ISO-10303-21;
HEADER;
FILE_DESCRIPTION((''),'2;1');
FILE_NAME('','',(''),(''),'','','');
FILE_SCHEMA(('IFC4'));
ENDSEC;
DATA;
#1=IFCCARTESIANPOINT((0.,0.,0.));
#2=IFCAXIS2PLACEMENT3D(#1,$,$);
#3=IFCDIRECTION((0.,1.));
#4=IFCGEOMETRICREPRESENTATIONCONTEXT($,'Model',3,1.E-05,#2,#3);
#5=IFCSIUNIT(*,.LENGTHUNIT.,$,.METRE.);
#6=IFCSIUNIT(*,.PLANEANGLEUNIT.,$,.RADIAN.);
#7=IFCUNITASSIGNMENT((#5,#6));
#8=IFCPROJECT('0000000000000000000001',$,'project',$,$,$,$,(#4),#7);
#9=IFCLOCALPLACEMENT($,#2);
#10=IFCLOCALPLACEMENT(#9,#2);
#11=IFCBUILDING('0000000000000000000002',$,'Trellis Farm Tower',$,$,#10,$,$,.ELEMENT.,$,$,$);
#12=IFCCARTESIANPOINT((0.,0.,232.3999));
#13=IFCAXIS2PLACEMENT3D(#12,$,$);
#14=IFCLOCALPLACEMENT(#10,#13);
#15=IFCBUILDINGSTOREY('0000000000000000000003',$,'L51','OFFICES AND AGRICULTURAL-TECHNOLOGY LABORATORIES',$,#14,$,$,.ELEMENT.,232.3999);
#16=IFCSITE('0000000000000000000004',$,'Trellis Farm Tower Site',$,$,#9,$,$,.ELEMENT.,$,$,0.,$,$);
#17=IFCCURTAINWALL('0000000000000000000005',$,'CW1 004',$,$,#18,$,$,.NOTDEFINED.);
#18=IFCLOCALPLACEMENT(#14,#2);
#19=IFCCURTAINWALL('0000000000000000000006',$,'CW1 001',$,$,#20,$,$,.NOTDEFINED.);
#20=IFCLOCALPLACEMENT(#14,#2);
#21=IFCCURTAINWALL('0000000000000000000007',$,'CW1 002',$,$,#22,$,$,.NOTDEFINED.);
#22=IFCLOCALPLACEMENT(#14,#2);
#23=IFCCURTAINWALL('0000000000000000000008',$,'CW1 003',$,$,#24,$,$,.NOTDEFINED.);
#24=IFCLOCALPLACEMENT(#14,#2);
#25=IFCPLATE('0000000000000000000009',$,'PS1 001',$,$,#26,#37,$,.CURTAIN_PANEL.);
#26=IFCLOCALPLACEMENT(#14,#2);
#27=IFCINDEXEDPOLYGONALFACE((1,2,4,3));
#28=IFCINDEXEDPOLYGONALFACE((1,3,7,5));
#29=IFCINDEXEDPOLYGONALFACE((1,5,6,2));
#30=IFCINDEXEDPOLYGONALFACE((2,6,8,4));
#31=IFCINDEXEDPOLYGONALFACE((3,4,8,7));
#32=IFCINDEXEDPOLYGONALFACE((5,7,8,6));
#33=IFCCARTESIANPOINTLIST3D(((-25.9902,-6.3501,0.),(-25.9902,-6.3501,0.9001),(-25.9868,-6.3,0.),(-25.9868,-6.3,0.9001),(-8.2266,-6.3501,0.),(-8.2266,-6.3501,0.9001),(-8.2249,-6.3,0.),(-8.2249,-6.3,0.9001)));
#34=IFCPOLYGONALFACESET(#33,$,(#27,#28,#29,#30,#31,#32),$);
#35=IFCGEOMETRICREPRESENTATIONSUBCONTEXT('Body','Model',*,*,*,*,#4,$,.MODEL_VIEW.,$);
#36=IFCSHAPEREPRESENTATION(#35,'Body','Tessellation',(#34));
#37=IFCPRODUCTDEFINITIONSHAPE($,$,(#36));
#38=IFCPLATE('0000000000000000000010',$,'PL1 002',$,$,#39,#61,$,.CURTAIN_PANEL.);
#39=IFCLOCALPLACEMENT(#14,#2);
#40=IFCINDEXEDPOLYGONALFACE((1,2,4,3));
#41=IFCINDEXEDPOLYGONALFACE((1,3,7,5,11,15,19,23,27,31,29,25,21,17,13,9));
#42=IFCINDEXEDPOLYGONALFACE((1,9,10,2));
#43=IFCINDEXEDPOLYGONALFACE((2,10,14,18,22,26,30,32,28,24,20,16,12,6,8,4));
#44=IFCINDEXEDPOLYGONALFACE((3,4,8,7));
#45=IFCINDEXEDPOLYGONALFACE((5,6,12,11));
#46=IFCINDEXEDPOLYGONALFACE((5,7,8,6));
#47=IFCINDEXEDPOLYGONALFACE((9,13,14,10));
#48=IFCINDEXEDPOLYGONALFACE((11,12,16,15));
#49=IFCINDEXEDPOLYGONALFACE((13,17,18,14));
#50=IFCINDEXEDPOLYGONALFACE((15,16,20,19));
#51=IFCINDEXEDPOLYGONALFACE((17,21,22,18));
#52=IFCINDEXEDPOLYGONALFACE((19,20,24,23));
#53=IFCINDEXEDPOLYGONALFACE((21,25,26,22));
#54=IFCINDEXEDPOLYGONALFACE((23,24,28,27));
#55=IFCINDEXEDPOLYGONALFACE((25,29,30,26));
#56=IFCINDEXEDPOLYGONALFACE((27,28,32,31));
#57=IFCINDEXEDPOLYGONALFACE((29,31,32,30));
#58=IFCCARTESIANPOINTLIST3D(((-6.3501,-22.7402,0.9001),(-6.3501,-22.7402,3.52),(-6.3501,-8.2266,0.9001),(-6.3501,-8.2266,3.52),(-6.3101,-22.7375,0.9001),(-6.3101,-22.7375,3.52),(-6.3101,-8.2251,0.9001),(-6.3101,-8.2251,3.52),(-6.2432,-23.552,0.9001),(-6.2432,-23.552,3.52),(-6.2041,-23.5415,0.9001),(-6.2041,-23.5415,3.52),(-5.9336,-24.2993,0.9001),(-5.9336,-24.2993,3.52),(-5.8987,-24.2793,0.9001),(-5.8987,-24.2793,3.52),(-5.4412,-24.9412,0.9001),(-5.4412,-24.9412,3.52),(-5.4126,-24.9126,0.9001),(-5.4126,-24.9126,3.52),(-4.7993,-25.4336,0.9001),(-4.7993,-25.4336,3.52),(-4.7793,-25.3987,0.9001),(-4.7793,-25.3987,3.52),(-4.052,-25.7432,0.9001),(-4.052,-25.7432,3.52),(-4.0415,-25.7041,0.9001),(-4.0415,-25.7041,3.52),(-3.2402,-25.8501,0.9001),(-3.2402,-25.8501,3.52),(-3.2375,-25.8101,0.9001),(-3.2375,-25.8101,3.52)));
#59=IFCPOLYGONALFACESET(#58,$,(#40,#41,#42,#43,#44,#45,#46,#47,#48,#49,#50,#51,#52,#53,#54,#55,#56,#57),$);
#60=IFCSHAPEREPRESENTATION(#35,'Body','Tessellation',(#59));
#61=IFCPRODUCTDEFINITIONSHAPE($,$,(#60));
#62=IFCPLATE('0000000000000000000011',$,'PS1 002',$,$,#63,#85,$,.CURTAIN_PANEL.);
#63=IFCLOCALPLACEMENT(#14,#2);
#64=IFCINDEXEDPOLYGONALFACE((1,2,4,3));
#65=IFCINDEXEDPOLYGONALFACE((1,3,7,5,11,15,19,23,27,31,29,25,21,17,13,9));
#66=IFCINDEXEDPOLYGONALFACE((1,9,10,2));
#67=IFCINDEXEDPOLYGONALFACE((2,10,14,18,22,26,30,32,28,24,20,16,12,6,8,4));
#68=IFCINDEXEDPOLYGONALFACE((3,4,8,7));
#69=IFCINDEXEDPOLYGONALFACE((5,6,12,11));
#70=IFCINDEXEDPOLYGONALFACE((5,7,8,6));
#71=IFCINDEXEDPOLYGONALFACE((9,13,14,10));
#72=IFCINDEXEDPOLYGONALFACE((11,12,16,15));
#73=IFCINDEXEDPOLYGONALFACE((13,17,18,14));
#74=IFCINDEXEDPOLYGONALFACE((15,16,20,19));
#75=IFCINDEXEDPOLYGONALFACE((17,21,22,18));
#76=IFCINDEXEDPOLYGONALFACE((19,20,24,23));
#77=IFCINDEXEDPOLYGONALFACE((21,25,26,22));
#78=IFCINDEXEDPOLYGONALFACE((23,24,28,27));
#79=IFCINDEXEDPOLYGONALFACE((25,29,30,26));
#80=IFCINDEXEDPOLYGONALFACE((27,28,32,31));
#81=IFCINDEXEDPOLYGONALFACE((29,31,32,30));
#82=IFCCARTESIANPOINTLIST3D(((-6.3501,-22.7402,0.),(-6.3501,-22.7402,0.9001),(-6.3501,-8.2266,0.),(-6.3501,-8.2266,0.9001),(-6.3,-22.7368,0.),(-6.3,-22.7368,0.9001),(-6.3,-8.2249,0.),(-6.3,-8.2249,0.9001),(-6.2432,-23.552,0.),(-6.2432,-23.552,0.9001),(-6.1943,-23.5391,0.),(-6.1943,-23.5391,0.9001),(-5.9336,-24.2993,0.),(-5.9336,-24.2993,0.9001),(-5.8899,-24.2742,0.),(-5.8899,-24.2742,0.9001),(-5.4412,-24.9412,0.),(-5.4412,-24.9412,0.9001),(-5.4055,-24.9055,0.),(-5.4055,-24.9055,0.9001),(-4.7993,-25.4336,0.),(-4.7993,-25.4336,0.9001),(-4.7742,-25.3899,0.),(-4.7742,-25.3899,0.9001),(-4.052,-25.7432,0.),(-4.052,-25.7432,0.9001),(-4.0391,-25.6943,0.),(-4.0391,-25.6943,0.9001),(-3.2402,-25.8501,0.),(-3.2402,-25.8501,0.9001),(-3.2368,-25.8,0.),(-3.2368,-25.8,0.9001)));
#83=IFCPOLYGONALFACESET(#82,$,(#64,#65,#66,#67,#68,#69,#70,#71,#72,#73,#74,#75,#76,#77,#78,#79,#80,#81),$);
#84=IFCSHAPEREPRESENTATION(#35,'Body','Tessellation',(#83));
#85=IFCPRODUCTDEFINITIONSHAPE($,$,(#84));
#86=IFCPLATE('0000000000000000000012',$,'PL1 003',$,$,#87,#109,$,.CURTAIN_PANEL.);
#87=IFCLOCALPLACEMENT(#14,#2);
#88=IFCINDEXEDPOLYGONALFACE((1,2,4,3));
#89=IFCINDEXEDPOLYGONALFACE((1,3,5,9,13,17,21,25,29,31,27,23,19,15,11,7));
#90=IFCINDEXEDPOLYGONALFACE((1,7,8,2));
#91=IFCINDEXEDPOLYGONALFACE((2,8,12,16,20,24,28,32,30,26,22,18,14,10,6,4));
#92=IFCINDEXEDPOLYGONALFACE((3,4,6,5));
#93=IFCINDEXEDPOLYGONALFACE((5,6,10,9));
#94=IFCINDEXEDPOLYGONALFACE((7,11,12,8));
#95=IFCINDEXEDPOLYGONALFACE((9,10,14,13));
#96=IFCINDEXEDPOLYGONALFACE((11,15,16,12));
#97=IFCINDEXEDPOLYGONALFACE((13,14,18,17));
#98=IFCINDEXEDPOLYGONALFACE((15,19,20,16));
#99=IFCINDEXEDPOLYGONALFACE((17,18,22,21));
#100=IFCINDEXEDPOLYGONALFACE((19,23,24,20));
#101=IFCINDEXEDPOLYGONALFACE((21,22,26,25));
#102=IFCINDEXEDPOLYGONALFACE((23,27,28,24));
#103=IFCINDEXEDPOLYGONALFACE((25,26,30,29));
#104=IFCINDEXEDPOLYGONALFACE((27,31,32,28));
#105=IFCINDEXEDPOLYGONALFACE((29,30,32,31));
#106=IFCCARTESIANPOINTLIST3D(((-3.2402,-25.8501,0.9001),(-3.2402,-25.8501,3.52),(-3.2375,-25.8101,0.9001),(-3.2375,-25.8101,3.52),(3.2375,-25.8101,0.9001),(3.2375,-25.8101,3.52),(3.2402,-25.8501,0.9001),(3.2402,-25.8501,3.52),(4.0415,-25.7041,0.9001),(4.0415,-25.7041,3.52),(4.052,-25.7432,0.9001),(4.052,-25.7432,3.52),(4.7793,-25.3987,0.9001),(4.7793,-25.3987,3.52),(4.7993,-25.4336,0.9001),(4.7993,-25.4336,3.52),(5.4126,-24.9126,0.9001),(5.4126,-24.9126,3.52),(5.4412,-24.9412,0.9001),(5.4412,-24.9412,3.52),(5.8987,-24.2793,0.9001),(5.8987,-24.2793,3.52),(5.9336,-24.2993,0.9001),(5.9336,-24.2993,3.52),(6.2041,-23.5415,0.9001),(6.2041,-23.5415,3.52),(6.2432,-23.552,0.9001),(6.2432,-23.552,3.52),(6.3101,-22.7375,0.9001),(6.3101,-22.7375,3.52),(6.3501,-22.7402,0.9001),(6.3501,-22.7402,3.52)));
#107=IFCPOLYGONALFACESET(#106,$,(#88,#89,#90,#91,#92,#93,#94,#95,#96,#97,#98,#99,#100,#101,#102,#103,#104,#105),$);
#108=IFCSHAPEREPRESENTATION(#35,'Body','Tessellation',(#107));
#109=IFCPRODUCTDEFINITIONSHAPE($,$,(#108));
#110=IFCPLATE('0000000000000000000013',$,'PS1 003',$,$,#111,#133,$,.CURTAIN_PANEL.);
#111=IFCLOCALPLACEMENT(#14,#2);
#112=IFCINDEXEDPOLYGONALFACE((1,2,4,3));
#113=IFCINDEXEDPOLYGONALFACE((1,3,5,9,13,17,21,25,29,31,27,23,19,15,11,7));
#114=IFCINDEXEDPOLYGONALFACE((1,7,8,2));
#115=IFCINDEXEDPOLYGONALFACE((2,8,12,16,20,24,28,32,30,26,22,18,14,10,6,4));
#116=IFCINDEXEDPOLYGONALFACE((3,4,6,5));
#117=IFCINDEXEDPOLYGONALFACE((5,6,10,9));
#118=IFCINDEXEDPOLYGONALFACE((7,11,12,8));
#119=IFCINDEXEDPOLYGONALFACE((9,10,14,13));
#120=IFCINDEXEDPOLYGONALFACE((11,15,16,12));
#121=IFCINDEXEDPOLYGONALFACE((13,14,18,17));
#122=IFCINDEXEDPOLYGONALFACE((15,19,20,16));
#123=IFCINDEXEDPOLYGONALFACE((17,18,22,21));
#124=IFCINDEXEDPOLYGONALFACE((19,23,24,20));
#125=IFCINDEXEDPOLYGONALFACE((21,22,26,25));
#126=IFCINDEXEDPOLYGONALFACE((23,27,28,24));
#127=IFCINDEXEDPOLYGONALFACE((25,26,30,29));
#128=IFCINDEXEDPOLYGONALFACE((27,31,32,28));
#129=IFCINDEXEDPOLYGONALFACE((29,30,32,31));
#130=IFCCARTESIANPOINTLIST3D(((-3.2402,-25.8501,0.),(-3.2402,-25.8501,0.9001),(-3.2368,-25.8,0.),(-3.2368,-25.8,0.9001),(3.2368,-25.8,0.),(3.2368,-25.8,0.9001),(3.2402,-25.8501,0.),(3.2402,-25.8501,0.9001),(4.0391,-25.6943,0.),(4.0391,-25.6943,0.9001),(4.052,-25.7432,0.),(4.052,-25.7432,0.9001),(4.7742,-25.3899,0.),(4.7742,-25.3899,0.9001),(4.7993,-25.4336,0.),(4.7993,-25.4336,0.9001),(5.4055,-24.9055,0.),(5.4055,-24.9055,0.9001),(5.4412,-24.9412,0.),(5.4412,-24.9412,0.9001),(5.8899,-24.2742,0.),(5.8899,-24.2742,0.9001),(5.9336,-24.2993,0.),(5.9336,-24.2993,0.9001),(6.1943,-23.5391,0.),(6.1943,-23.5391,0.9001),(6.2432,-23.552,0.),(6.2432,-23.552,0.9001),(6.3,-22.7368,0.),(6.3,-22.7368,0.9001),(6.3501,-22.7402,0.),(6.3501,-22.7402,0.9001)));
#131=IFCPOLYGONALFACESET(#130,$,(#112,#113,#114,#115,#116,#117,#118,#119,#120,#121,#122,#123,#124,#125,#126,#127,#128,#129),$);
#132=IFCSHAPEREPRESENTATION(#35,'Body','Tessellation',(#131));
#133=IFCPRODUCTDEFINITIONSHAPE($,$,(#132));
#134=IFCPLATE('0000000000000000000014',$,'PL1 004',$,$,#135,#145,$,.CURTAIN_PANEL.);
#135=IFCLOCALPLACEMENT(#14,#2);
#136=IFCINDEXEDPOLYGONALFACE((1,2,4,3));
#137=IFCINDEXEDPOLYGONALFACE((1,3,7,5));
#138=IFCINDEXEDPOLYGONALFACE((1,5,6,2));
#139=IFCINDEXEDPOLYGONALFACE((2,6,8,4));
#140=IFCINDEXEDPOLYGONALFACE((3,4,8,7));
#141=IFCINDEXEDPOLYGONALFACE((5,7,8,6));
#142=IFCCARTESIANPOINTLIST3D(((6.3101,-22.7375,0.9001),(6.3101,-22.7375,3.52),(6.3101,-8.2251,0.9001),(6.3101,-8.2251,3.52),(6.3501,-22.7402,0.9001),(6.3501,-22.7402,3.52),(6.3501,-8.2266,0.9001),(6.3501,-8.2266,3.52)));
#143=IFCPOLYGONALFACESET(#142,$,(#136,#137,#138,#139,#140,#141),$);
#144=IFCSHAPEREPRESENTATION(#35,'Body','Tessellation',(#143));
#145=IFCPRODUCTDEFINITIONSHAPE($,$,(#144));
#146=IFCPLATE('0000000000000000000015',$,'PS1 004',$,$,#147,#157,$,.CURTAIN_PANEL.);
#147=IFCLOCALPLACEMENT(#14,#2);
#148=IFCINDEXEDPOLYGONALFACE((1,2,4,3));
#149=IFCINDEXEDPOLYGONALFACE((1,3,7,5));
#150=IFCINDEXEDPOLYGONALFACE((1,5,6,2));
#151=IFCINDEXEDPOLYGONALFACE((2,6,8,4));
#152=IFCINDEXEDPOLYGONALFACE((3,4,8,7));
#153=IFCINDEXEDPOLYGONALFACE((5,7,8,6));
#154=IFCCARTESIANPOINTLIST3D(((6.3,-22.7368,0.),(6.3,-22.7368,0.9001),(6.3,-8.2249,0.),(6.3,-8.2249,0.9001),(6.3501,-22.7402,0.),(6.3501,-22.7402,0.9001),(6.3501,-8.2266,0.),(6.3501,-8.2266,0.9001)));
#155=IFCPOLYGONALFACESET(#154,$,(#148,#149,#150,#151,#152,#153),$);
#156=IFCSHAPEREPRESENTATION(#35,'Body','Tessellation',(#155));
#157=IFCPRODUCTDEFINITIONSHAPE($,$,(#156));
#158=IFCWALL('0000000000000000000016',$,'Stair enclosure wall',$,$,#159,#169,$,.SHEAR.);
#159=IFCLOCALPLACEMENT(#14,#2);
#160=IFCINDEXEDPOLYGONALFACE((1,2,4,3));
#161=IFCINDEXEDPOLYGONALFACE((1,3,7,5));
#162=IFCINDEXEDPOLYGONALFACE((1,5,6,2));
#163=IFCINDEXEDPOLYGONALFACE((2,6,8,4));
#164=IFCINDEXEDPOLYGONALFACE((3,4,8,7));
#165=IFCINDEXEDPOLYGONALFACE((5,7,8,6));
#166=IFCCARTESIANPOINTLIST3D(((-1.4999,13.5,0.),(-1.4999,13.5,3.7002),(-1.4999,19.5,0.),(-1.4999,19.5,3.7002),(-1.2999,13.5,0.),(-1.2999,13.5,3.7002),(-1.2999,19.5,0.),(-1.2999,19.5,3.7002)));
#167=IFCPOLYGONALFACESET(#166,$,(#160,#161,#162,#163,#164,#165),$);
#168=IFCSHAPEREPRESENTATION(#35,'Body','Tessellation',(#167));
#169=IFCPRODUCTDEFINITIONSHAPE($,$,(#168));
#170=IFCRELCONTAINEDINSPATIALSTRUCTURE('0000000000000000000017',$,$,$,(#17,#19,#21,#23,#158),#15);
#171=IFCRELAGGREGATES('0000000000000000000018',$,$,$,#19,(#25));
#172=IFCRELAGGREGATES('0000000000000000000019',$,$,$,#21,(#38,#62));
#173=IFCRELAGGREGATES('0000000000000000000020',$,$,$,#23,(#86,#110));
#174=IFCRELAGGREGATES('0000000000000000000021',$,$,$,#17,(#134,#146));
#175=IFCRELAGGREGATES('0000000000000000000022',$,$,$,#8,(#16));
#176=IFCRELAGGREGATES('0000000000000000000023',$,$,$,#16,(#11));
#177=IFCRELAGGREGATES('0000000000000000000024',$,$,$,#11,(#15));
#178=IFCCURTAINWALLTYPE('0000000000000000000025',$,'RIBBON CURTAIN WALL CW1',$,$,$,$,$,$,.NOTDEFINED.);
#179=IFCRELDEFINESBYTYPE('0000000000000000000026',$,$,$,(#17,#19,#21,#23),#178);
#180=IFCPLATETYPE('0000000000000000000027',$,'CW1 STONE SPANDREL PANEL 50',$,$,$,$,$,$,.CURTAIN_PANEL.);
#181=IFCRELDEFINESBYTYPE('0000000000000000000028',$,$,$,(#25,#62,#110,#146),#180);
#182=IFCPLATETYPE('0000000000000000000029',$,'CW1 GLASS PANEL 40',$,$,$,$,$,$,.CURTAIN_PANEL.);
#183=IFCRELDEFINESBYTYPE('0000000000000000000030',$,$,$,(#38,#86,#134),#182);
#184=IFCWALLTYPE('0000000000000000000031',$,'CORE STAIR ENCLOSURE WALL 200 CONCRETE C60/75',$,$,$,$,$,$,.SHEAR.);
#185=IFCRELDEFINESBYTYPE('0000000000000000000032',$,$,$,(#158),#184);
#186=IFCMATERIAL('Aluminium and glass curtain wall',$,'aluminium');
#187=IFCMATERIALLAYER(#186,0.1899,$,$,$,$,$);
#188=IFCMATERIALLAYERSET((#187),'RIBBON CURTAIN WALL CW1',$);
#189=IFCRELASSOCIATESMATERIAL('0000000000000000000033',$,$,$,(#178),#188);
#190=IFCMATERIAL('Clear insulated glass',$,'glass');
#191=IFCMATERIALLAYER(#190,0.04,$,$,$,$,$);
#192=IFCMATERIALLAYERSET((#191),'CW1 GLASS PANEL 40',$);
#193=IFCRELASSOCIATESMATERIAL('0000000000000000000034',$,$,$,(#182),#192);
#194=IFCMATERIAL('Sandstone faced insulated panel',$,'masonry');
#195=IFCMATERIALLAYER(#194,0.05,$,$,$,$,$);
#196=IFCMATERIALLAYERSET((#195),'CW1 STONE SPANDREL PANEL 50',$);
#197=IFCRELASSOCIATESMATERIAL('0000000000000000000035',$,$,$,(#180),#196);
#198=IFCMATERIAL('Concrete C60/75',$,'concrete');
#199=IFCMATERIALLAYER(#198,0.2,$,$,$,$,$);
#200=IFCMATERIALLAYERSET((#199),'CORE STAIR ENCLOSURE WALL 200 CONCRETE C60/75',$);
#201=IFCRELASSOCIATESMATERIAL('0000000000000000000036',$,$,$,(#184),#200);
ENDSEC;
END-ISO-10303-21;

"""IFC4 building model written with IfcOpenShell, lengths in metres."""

from ifc_helpers import new_model, si_unit, direction, frame, frame_2d, origin, place, context, subcontext, project, spatial, polyline, rectangle, outline, extrude, source, transform, mapped, material, layer, layer_set, type_object, element, aggregate, save


model = new_model("IFC4")

# Units and contexts
model_context = context("Model", 3, precision=1e-05, world=origin(), true_north=direction((0.0, 1.0)))
body_context = subcontext(model_context, "Body", "Model", "MODEL_VIEW")
ifc_project = project(units=[si_unit("LENGTHUNIT", "METRE"), si_unit("PLANEANGLEUNIT", "RADIAN")], contexts=[model_context])

# Site, building, storey
site_placement = place(None, origin())
site = spatial("IfcSite", under=ifc_project, at=site_placement, Name="Trellis Farm Tower Site", CompositionType="ELEMENT", RefElevation=0.0)
building_placement = place(site_placement, origin())
building = spatial("IfcBuilding", under=site, at=building_placement, Name="Trellis Farm Tower", CompositionType="ELEMENT")
storey_placement = place(building_placement, frame((0.0, 0.0, 232.3999)))
storey = spatial("IfcBuildingStorey", under=building, at=storey_placement, Name="L51", Description="OFFICES AND AGRICULTURAL-TECHNOLOGY LABORATORIES", CompositionType="ELEMENT", Elevation=232.3999)

# Shared definitions
ifc_material_1 = material(Name="Concrete C60/75", Category="concrete")

# Curtain wall
ifc_material_2 = material(Name="Aluminium and glass curtain wall", Category="aluminium")
ifc_layer_1 = layer(ifc_material_2, 0.1899)
ifc_layer_set_1 = layer_set([ifc_layer_1], Name="RIBBON CURTAIN WALL CW1")
curtain_wall_type_1 = type_object("IfcCurtainWallType", Name="RIBBON CURTAIN WALL CW1", PredefinedType="NOTDEFINED", material=ifc_layer_set_1)
placement_1 = place(storey_placement, origin())
curtain_wall_1 = element("IfcCurtainWall", 1, at=placement_1, inside=storey, type_object=curtain_wall_type_1, Name="CW1 004", PredefinedType="NOTDEFINED")

# Curtain walls
curtain_wall_2 = element("IfcCurtainWall", 2, at=placement_1, inside=storey, type_object=curtain_wall_type_1, Name="CW1 001", PredefinedType="NOTDEFINED")
curtain_wall_3 = element("IfcCurtainWall", 3, at=placement_1, inside=storey, type_object=curtain_wall_type_1, Name="CW1 002", PredefinedType="NOTDEFINED")
curtain_wall_4 = element("IfcCurtainWall", 4, at=placement_1, inside=storey, type_object=curtain_wall_type_1, Name="CW1 003", PredefinedType="NOTDEFINED")

# Plates
ifc_material_3 = material(Name="Clear insulated glass", Category="glass")
ifc_layer_2 = layer(ifc_material_3, 0.04)
ifc_layer_set_2 = layer_set([ifc_layer_2], Name="CW1 GLASS PANEL 40")
plate_type_1 = type_object("IfcPlateType", Name="CW1 GLASS PANEL 40", PredefinedType="CURTAIN_PANEL", material=ifc_layer_set_2)
placement_2 = place(storey_placement, frame((0.0, 0.0, 0.9001)))
ifc_material_4 = material(Name="Sandstone faced insulated panel", Category="masonry")
ifc_layer_3 = layer(ifc_material_4, 0.05)
ifc_layer_set_3 = layer_set([ifc_layer_3], Name="CW1 STONE SPANDREL PANEL 50")
plate_type_2 = type_object("IfcPlateType", Name="CW1 STONE SPANDREL PANEL 50", PredefinedType="CURTAIN_PANEL", material=ifc_layer_set_3)
shared_shape_1 = source(origin(), body_context, "Body", "SweptSolid", [
    extrude(outline(polyline([(-25.9902, -6.3501), (-8.2266, -6.3501), (-8.2249, -6.3), (-25.9868, -6.3), (-25.9902, -6.3501)])), origin(), (0.0, 0.0, 1.0), 0.9001),
])
plate_1 = element("IfcPlate", 5, at=placement_1, type_object=plate_type_2, Name="PS1 001", PredefinedType="CURTAIN_PANEL", context=body_context, shape_type="MappedRepresentation", body=[
    mapped(shared_shape_1, transform((0.0, 0.0, 0.0))),
])
aggregate(curtain_wall_2, [plate_1])
shared_shape_2 = source(origin(), body_context, "Body", "SweptSolid", [
    extrude(outline(polyline([(-6.3501, -8.2266), (-6.3501, -22.7402), (-6.2432, -23.552), (-5.9336, -24.2993), (-5.4412, -24.9412), (-4.7993, -25.4336), (-4.052, -25.7432), (-3.2402, -25.8501), (-3.2375, -25.8101), (-4.0415, -25.7041), (-4.7793, -25.3987), (-5.4126, -24.9126), (-5.8987, -24.2793), (-6.2041, -23.5415), (-6.3101, -22.7375), (-6.3101, -8.2251), (-6.3501, -8.2266)])), origin(), (0.0, 0.0, 1.0), 2.6199),
])
plate_2 = element("IfcPlate", 6, at=placement_2, type_object=plate_type_1, Name="PL1 002", PredefinedType="CURTAIN_PANEL", context=body_context, shape_type="MappedRepresentation", body=[
    mapped(shared_shape_2, transform((0.0, 0.0, 0.0))),
])
shared_shape_3 = source(origin(), body_context, "Body", "SweptSolid", [
    extrude(outline(polyline([(-6.3501, -8.2266), (-6.3501, -22.7402), (-6.2432, -23.552), (-5.9336, -24.2993), (-5.4412, -24.9412), (-4.7993, -25.4336), (-4.052, -25.7432), (-3.2402, -25.8501), (-3.2368, -25.8), (-4.0391, -25.6943), (-4.7742, -25.3899), (-5.4055, -24.9055), (-5.8899, -24.2742), (-6.1943, -23.5391), (-6.3, -22.7368), (-6.3, -8.2249), (-6.3501, -8.2266)])), origin(), (0.0, 0.0, 1.0), 0.9001),
])
plate_3 = element("IfcPlate", 7, at=placement_1, type_object=plate_type_2, Name="PS1 002", PredefinedType="CURTAIN_PANEL", context=body_context, shape_type="MappedRepresentation", body=[
    mapped(shared_shape_3, transform((0.0, 0.0, 0.0))),
])
aggregate(curtain_wall_3, [plate_2, plate_3])
shared_shape_4 = source(origin(), body_context, "Body", "SweptSolid", [
    extrude(outline(polyline([(-3.2402, -25.8501), (3.2402, -25.8501), (4.052, -25.7432), (4.7993, -25.4336), (5.4412, -24.9412), (5.9336, -24.2993), (6.2432, -23.552), (6.3501, -22.7402), (6.3101, -22.7375), (6.2041, -23.5415), (5.8987, -24.2793), (5.4126, -24.9126), (4.7793, -25.3987), (4.0415, -25.7041), (3.2375, -25.8101), (-3.2375, -25.8101), (-3.2402, -25.8501)])), origin(), (0.0, 0.0, 1.0), 2.6199),
])
plate_4 = element("IfcPlate", 8, at=placement_2, type_object=plate_type_1, Name="PL1 003", PredefinedType="CURTAIN_PANEL", context=body_context, shape_type="MappedRepresentation", body=[
    mapped(shared_shape_4, transform((0.0, 0.0, 0.0))),
])
shared_shape_5 = source(origin(), body_context, "Body", "SweptSolid", [
    extrude(outline(polyline([(-3.2402, -25.8501), (3.2402, -25.8501), (4.052, -25.7432), (4.7993, -25.4336), (5.4412, -24.9412), (5.9336, -24.2993), (6.2432, -23.552), (6.3501, -22.7402), (6.3, -22.7368), (6.1943, -23.5391), (5.8899, -24.2742), (5.4055, -24.9055), (4.7742, -25.3899), (4.0391, -25.6943), (3.2368, -25.8), (-3.2368, -25.8), (-3.2402, -25.8501)])), origin(), (0.0, 0.0, 1.0), 0.9001),
])
plate_5 = element("IfcPlate", 9, at=placement_1, type_object=plate_type_2, Name="PS1 003", PredefinedType="CURTAIN_PANEL", context=body_context, shape_type="MappedRepresentation", body=[
    mapped(shared_shape_5, transform((0.0, 0.0, 0.0))),
])
aggregate(curtain_wall_4, [plate_4, plate_5])
shared_shape_6 = source(origin(), body_context, "Body", "SweptSolid", [
    extrude(outline(polyline([(6.3501, -22.7402), (6.3501, -8.2266), (6.3101, -8.2251), (6.3101, -22.7375), (6.3501, -22.7402)])), origin(), (0.0, 0.0, 1.0), 2.6199),
])
plate_6 = element("IfcPlate", 10, at=placement_2, type_object=plate_type_1, Name="PL1 004", PredefinedType="CURTAIN_PANEL", context=body_context, shape_type="MappedRepresentation", body=[
    mapped(shared_shape_6, transform((0.0, 0.0, 0.0))),
])
shared_shape_7 = source(origin(), body_context, "Body", "SweptSolid", [
    extrude(outline(polyline([(6.3501, -22.7402), (6.3501, -8.2266), (6.3, -8.2249), (6.3, -22.7368), (6.3501, -22.7402)])), origin(), (0.0, 0.0, 1.0), 0.9001),
])
plate_7 = element("IfcPlate", 11, at=placement_1, type_object=plate_type_2, Name="PS1 004", PredefinedType="CURTAIN_PANEL", context=body_context, shape_type="MappedRepresentation", body=[
    mapped(shared_shape_7, transform((0.0, 0.0, 0.0))),
])
aggregate(curtain_wall_1, [plate_6, plate_7])

# Wall
ifc_layer_4 = layer(ifc_material_1, 0.2)
ifc_layer_set_4 = layer_set([ifc_layer_4], Name="CORE STAIR ENCLOSURE WALL 200 CONCRETE C60/75")
wall_type_1 = type_object("IfcWallType", Name="CORE STAIR ENCLOSURE WALL 200 CONCRETE C60/75", PredefinedType="SHEAR", material=ifc_layer_set_4)
shared_shape_8 = source(origin(), body_context, "Body", "SweptSolid", [
    extrude(rectangle(XDim=6.0, YDim=0.2, at=frame_2d((3.0, 0.0))), origin(), (0.0, 0.0, 1.0), 3.7002),
])
wall_1_placement = place(storey_placement, frame((-1.3999, 13.5, 0.0), z_axis=(0.0, 0.0, 1.0), x_axis=(0.0, 1.0, 0.0)))
element("IfcWall", 12, at=wall_1_placement, inside=storey, type_object=wall_type_1, Name="Stair enclosure wall", PredefinedType="SHEAR", context=body_context, shape_type="MappedRepresentation", body=[
    mapped(shared_shape_8, transform((0.0, 0.0, 0.0))),
])

save(model, "model.ifc")
